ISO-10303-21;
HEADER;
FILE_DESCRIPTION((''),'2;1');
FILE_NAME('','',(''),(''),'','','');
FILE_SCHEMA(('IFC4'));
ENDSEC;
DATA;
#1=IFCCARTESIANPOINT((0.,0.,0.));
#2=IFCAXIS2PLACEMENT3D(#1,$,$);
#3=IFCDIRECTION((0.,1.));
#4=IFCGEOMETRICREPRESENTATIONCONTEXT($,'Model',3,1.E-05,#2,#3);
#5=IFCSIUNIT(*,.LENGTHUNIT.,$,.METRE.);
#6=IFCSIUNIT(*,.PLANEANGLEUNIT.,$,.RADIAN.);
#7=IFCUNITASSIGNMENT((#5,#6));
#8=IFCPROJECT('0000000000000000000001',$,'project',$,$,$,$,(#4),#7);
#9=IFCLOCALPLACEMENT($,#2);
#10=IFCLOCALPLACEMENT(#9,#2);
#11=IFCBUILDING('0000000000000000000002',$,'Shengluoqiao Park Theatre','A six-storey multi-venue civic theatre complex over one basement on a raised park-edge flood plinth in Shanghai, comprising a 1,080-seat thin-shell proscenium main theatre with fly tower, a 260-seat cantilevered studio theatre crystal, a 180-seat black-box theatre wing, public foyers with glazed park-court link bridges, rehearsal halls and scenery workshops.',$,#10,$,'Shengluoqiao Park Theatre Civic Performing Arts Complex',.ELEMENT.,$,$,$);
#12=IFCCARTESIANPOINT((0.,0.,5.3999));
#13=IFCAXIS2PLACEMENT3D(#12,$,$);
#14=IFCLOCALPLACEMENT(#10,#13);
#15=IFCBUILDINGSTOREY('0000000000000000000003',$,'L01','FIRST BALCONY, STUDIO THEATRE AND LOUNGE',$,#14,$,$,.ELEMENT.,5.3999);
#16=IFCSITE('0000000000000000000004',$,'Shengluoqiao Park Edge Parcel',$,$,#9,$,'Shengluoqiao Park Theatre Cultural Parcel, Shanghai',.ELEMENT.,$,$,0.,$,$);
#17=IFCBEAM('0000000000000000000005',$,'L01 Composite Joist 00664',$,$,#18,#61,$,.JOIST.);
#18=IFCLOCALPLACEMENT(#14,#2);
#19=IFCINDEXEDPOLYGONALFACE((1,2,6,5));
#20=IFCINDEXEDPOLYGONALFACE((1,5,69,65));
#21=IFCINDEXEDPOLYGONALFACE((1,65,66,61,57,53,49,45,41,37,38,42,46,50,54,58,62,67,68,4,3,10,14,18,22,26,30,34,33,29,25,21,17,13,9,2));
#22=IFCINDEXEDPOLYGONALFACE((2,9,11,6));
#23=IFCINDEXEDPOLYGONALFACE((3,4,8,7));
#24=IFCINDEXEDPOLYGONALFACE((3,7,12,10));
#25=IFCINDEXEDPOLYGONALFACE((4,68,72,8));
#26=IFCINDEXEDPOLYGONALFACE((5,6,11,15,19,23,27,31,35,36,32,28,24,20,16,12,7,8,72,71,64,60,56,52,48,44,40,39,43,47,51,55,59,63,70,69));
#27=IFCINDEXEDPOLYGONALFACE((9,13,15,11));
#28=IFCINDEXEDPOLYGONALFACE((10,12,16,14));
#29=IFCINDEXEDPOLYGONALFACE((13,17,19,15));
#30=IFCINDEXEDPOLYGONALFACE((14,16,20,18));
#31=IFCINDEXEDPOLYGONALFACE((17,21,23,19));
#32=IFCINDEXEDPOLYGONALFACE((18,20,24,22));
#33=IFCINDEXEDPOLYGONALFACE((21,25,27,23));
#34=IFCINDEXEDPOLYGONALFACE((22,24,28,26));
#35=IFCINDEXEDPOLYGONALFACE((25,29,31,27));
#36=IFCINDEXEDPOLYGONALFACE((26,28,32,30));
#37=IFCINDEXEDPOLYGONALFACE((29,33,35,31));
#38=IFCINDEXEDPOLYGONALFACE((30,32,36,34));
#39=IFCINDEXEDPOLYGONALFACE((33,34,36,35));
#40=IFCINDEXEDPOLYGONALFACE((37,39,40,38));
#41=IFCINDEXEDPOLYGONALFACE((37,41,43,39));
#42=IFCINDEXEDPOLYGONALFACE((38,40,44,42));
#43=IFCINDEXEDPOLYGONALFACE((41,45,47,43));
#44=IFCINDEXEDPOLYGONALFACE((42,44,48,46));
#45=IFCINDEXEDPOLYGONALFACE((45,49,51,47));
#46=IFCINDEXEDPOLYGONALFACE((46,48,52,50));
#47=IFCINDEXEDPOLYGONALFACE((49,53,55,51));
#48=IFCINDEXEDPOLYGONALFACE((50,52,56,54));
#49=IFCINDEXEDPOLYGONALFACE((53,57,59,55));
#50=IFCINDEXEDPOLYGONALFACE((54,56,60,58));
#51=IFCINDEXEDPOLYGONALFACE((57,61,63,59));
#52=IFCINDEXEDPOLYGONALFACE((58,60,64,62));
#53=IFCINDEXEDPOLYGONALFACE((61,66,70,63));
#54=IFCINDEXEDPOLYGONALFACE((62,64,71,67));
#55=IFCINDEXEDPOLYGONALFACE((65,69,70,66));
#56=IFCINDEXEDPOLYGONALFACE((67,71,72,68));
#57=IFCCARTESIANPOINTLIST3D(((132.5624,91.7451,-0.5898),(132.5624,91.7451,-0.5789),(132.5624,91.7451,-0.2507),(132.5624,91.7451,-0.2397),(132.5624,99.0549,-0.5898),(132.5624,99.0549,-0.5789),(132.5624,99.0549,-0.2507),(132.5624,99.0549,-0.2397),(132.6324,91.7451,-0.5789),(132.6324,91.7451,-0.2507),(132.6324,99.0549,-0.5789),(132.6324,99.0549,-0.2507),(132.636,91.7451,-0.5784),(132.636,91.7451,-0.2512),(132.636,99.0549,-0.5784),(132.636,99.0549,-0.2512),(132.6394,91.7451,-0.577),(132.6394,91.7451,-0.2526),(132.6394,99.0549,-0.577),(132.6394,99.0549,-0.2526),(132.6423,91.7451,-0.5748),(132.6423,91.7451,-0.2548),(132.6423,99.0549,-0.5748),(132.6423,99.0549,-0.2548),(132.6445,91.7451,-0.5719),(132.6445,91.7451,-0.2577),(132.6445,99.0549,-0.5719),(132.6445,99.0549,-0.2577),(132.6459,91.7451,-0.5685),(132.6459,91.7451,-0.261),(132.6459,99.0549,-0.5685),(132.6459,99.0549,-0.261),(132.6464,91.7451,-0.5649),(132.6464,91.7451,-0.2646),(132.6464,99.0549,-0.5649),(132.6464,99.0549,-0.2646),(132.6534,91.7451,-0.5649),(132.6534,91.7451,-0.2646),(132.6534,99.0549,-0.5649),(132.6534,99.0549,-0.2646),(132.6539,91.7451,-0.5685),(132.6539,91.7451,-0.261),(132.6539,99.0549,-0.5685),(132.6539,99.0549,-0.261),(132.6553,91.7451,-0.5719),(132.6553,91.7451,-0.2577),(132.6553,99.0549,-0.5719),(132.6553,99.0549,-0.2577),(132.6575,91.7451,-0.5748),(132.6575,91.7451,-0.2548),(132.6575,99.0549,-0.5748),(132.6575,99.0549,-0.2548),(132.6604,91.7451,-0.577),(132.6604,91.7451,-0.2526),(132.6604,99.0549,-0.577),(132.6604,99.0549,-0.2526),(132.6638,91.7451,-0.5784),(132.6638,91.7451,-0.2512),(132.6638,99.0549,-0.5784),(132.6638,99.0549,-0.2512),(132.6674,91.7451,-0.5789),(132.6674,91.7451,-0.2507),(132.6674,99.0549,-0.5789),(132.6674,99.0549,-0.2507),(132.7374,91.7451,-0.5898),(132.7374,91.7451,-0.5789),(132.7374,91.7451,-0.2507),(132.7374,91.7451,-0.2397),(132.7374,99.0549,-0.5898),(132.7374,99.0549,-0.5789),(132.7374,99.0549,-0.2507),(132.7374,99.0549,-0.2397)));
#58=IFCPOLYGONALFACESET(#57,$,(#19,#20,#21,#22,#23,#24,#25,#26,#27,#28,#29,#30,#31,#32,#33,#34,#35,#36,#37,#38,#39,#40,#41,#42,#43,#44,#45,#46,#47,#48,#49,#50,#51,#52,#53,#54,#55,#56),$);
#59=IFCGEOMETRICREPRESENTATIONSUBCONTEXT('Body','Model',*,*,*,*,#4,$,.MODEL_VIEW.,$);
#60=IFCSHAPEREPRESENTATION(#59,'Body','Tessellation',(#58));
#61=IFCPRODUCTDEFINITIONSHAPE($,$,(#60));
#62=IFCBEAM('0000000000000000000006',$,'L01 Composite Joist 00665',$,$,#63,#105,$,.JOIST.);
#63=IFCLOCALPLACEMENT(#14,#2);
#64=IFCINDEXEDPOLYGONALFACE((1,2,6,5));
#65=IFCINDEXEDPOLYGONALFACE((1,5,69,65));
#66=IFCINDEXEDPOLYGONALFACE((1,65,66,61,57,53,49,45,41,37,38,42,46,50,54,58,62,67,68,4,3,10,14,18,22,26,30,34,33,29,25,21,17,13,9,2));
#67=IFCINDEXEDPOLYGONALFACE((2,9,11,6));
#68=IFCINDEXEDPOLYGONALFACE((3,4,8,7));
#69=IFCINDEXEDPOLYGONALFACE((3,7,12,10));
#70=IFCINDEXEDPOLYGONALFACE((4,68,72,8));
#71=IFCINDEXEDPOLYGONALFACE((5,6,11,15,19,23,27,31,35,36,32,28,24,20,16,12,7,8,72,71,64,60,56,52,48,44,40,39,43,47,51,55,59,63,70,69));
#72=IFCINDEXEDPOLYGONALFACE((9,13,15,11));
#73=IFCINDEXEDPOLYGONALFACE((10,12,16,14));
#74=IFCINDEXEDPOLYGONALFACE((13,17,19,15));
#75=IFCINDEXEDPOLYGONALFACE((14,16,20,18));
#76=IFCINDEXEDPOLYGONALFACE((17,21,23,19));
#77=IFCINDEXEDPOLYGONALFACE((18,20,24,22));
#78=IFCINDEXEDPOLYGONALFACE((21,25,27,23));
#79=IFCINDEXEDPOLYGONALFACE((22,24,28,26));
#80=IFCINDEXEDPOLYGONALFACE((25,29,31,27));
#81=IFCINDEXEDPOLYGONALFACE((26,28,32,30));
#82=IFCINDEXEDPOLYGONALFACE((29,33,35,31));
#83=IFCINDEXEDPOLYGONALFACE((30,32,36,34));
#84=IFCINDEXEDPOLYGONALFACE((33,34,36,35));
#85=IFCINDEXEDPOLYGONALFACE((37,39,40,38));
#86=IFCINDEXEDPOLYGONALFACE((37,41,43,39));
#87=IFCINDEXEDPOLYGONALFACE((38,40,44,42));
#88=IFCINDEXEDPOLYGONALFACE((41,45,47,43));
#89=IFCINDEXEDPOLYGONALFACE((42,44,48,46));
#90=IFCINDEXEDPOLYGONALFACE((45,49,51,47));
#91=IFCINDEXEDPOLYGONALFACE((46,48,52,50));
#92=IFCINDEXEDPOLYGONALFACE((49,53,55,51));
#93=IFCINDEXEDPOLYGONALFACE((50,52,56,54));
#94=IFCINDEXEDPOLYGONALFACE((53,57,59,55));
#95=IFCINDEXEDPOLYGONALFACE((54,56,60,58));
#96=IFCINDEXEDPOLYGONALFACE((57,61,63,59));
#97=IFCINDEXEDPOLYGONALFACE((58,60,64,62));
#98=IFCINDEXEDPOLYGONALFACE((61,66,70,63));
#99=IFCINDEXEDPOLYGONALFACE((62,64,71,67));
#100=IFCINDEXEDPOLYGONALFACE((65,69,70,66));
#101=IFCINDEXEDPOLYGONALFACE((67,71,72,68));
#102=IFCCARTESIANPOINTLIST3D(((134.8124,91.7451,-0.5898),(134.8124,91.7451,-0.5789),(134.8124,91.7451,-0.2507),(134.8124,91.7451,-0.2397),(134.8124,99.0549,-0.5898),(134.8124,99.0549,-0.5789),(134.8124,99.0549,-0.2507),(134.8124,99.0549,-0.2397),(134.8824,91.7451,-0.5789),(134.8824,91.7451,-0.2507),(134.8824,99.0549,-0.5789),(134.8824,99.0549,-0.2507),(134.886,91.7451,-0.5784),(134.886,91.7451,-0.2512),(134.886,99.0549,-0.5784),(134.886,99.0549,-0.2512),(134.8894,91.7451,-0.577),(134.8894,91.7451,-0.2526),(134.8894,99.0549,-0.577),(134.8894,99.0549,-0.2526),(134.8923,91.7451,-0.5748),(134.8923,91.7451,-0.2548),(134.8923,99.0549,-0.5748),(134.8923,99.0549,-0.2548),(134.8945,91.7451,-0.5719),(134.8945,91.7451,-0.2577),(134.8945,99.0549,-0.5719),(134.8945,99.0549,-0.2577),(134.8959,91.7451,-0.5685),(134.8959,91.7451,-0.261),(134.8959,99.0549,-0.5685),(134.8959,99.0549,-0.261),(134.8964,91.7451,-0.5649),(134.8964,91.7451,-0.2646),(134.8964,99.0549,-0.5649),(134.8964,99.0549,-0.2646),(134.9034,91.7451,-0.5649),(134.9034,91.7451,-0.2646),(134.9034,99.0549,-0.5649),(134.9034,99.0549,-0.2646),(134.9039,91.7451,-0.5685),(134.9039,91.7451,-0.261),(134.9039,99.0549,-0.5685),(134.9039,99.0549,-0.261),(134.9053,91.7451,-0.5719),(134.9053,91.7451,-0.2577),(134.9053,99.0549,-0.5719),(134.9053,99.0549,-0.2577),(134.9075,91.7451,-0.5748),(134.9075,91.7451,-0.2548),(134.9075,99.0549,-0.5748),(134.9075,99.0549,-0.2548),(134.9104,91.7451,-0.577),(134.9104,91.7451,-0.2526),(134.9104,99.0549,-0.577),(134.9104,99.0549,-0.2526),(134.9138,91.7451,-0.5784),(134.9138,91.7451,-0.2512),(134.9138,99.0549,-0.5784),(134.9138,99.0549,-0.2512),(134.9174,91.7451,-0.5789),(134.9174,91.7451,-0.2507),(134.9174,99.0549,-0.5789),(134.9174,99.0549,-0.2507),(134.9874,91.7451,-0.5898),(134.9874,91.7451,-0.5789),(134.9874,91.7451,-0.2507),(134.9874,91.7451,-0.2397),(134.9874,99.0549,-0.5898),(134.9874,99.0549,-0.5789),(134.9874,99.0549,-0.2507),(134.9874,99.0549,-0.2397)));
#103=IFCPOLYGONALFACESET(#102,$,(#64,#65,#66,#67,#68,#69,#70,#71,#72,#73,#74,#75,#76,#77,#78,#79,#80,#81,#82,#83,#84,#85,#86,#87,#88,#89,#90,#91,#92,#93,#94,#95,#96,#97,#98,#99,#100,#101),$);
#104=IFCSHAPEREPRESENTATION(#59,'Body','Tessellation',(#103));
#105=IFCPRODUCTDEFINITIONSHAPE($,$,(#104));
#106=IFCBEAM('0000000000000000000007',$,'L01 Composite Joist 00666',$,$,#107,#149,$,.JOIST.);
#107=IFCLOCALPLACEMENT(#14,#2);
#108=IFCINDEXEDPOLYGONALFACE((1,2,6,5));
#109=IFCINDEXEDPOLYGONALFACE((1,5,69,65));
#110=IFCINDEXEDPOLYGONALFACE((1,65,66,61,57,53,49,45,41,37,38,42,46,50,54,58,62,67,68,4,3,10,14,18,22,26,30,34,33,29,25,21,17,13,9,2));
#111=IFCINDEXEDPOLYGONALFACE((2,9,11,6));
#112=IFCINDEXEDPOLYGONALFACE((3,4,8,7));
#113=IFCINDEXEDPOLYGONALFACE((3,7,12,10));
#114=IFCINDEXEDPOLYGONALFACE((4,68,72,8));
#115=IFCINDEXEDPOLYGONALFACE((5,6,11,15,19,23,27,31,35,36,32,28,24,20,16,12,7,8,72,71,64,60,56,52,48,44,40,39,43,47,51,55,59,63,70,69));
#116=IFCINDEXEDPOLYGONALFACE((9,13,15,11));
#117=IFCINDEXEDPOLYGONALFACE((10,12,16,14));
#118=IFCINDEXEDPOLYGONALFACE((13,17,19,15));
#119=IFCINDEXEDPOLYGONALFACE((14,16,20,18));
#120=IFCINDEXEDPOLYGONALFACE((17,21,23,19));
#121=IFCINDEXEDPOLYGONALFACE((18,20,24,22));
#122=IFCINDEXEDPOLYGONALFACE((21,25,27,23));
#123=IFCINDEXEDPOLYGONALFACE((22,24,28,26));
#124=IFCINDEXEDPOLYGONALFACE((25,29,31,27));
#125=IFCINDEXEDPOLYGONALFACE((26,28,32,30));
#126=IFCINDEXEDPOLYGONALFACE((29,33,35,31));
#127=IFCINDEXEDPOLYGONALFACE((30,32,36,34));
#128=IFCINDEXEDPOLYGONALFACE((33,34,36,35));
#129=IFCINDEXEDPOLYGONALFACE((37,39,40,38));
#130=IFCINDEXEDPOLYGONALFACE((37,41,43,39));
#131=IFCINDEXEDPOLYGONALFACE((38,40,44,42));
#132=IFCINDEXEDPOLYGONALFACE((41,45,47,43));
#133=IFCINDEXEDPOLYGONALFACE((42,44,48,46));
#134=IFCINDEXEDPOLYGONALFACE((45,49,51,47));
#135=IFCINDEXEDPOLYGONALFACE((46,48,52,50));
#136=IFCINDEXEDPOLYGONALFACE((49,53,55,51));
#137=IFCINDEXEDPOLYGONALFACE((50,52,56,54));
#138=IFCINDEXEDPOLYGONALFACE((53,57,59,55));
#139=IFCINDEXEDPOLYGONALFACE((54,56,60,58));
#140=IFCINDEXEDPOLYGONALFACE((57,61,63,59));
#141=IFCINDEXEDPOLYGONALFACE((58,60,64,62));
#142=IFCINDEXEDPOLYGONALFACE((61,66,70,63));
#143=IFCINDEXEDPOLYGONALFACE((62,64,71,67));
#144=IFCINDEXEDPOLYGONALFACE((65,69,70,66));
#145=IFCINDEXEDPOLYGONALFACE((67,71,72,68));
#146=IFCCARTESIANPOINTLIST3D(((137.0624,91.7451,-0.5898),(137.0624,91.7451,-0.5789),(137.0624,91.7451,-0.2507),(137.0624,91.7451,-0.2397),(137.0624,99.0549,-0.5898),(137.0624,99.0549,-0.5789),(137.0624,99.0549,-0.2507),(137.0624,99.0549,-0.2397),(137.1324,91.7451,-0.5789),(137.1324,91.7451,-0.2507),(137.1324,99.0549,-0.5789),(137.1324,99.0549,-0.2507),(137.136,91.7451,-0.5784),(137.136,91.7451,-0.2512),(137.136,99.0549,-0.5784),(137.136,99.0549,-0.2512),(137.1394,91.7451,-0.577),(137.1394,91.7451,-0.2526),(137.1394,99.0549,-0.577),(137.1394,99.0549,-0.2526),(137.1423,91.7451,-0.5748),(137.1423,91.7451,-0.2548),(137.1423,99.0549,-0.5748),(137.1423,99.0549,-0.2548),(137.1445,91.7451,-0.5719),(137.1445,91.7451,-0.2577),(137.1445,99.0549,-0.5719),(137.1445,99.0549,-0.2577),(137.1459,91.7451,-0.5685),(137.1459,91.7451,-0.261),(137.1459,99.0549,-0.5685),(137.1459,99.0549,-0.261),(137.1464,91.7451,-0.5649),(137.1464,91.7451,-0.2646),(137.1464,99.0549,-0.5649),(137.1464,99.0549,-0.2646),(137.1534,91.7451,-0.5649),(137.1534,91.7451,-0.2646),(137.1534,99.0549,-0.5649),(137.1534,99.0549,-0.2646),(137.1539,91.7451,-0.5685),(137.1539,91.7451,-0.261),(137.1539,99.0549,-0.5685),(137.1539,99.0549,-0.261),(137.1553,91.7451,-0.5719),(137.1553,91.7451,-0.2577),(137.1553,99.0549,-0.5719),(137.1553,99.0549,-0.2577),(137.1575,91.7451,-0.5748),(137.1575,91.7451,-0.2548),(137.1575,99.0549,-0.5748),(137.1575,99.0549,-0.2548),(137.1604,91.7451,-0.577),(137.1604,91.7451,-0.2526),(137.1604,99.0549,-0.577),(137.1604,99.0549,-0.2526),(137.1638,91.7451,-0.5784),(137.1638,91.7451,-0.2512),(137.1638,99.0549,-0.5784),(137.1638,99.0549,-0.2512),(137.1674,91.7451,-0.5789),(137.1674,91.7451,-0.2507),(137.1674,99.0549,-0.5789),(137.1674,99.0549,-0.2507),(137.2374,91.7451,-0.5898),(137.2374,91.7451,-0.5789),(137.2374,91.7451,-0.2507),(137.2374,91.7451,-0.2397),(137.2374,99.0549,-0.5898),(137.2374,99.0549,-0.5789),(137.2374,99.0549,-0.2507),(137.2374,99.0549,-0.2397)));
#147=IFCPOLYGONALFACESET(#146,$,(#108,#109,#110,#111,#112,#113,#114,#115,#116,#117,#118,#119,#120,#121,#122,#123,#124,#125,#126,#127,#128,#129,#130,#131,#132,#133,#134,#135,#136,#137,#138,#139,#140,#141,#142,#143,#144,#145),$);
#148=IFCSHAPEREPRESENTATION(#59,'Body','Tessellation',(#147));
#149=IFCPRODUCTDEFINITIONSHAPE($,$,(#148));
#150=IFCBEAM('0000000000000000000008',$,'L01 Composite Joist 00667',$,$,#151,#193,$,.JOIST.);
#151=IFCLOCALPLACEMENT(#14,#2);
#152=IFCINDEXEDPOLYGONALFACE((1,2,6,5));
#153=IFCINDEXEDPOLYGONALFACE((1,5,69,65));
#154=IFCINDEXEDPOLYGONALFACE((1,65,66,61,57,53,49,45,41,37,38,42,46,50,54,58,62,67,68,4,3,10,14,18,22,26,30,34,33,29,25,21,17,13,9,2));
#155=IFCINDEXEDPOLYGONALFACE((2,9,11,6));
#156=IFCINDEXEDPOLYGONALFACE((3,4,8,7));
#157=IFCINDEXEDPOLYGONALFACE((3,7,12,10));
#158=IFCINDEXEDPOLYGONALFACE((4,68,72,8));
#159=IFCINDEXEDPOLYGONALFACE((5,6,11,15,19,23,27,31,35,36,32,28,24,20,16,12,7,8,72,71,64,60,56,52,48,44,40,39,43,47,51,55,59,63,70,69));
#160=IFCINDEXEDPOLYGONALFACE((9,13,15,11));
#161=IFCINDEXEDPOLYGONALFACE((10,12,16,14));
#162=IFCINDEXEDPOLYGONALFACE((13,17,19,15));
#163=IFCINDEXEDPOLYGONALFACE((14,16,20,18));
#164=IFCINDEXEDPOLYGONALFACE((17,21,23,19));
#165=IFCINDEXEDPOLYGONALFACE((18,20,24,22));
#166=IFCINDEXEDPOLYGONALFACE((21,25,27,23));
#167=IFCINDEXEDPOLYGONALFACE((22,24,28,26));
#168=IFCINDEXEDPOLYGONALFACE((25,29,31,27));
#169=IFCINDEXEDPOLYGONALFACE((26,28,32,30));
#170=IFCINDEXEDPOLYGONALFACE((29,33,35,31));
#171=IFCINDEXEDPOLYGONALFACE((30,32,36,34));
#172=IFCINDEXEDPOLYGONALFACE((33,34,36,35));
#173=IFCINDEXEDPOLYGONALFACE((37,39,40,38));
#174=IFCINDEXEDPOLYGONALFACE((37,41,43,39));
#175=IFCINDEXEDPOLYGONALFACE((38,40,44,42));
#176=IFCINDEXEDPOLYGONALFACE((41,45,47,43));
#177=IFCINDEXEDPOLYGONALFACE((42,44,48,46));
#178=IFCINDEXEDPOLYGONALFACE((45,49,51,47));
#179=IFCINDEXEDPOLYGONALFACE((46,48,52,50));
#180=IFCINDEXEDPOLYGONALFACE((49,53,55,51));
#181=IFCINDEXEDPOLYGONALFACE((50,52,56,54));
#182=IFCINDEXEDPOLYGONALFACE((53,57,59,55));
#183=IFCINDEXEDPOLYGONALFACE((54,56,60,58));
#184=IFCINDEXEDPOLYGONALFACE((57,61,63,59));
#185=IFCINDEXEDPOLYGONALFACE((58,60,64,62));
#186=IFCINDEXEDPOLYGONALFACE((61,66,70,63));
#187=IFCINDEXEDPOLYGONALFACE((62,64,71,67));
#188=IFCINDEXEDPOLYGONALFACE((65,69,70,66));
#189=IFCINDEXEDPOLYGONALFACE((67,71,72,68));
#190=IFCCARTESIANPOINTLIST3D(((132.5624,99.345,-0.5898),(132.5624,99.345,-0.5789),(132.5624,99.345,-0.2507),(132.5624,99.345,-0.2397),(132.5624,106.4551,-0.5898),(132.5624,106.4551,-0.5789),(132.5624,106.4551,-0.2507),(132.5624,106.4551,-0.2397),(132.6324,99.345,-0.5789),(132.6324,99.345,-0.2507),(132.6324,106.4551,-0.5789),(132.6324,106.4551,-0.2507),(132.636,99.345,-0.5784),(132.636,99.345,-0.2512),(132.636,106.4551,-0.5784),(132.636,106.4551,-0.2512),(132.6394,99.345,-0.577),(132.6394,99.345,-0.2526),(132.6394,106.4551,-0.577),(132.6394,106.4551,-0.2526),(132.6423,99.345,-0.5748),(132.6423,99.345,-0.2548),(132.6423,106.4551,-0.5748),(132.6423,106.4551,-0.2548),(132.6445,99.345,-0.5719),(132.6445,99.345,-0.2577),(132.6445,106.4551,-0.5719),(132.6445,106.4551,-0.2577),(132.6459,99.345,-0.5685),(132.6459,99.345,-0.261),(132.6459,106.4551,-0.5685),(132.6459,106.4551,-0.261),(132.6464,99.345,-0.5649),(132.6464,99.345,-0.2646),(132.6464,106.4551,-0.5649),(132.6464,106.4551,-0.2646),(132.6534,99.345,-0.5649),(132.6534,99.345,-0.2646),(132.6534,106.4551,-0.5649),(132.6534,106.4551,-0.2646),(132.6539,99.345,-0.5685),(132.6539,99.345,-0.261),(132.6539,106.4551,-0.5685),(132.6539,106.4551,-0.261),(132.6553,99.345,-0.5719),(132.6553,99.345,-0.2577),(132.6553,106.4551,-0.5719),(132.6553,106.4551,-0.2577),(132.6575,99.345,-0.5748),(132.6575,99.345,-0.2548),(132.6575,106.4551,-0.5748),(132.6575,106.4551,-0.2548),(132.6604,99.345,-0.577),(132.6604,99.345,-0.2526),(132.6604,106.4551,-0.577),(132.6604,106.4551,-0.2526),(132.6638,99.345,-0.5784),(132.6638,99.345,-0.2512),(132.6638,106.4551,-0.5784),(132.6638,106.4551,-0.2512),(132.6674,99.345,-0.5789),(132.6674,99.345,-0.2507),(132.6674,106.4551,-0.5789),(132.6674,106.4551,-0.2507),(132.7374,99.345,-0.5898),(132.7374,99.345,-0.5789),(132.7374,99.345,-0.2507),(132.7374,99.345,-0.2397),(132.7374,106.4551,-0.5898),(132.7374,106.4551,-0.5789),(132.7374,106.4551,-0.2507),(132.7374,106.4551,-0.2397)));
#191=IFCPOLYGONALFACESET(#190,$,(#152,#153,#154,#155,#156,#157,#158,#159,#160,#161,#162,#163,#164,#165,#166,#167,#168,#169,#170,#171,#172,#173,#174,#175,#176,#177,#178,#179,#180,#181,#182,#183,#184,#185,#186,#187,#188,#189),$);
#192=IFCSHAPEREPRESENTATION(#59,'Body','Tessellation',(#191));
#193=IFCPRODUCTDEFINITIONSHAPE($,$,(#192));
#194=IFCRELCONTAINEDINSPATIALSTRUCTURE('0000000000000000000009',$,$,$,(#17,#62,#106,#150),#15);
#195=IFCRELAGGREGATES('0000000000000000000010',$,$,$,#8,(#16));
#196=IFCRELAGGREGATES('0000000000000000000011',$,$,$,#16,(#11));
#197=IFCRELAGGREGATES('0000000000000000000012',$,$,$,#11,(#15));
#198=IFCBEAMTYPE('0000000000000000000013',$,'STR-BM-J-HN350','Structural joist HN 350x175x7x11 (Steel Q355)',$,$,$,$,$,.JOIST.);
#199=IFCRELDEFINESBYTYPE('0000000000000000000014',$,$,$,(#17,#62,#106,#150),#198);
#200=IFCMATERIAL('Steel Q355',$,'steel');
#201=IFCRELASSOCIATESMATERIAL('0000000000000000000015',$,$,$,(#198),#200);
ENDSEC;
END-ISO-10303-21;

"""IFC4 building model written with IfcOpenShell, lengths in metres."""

from ifc_helpers import new_model, si_unit, direction, frame, origin, origin_2d, place, context, subcontext, project, spatial, i_section, extrude, material, material_profile, profile_set, type_object, element, save


model = new_model("IFC4")

# Units and contexts
model_context = context("Model", 3, precision=1e-05, world=origin(), true_north=direction((0.0, 1.0)))
body_context = subcontext(model_context, "Body", "Model", "MODEL_VIEW")
ifc_project = project(units=[si_unit("LENGTHUNIT", "METRE"), si_unit("PLANEANGLEUNIT", "RADIAN")], contexts=[model_context])

# Site, building, storey
site_placement = place(None, origin())
site = spatial("IfcSite", under=ifc_project, at=site_placement, Name="Shengluoqiao Park Edge Parcel", LongName="Shengluoqiao Park Theatre Cultural Parcel, Shanghai", CompositionType="ELEMENT", RefElevation=0.0)
building_placement = place(site_placement, origin())
building = spatial("IfcBuilding", under=site, at=building_placement, Name="Shengluoqiao Park Theatre", Description="A six-storey multi-venue civic theatre complex over one basement on a raised park-edge flood plinth in Shanghai, comprising a 1,080-seat thin-shell proscenium main theatre with fly tower, a 260-seat cantilevered studio theatre crystal, a 180-seat black-box theatre wing, public foyers with glazed park-court link bridges, rehearsal halls and scenery workshops.", LongName="Shengluoqiao Park Theatre Civic Performing Arts Complex", CompositionType="ELEMENT")
storey_placement = place(building_placement, frame((0.0, 0.0, 5.3999)))
storey = spatial("IfcBuildingStorey", under=building, at=storey_placement, Name="L01", Description="FIRST BALCONY, STUDIO THEATRE AND LOUNGE", CompositionType="ELEMENT", Elevation=5.3999)

# Beams
ifc_material_1 = material(Name="Steel Q355", Category="steel")
ifc_material_profile_1 = material_profile(ifc_material_1, i_section(OverallWidth=0.175, OverallDepth=0.3501, WebThickness=0.0071, FlangeThickness=0.011, FilletRadius=0.0139, at=origin_2d()), Name="HN 350x175x7x11")
ifc_profile_set_1 = profile_set([ifc_material_profile_1], Name="Steel Q355")
beam_type_1 = type_object("IfcBeamType", Name="STR-BM-J-HN350", Description="Structural joist HN 350x175x7x11 (Steel Q355)", PredefinedType="JOIST", material=ifc_profile_set_1)
for number, where, z_axis, x_axis, name in (
    (1, (132.6499, 91.7451, -0.4148), (0.0, 1.0, 0.0), (-1.0, 0.0, 0.0), "L01 Composite Joist 00664"),
    (2, (134.8999, 91.7451, -0.4148), (0.0, 1.0, 0.0), (-1.0, 0.0, 0.0), "L01 Composite Joist 00665"),
    (3, (137.1499, 91.7451, -0.4148), (0.0, 1.0, 0.0), (-1.0, 0.0, 0.0), "L01 Composite Joist 00666"),
):
    element("IfcBeam", number, at=place(storey_placement, frame(where, z_axis=z_axis, x_axis=x_axis)), inside=storey, type_object=beam_type_1, Name=name, PredefinedType="JOIST", context=body_context, shape_type="SweptSolid", body=[
        extrude(i_section(OverallWidth=0.175, OverallDepth=0.3501, WebThickness=0.0071, FlangeThickness=0.011, FilletRadius=0.0139, at=origin_2d()), origin(), (0.0, 0.0, 1.0), 7.3098),
    ])
for number, where, z_axis, x_axis, name in (
    (4, (132.6499, 99.345, -0.4148), (0.0, 1.0, 0.0), (-1.0, 0.0, 0.0), "L01 Composite Joist 00667"),
):
    element("IfcBeam", number, at=place(storey_placement, frame(where, z_axis=z_axis, x_axis=x_axis)), inside=storey, type_object=beam_type_1, Name=name, PredefinedType="JOIST", context=body_context, shape_type="SweptSolid", body=[
        extrude(i_section(OverallWidth=0.175, OverallDepth=0.3501, WebThickness=0.0071, FlangeThickness=0.011, FilletRadius=0.0139, at=origin_2d()), origin(), (0.0, 0.0, 1.0), 7.1101),
    ])

save(model, "model.ifc")
